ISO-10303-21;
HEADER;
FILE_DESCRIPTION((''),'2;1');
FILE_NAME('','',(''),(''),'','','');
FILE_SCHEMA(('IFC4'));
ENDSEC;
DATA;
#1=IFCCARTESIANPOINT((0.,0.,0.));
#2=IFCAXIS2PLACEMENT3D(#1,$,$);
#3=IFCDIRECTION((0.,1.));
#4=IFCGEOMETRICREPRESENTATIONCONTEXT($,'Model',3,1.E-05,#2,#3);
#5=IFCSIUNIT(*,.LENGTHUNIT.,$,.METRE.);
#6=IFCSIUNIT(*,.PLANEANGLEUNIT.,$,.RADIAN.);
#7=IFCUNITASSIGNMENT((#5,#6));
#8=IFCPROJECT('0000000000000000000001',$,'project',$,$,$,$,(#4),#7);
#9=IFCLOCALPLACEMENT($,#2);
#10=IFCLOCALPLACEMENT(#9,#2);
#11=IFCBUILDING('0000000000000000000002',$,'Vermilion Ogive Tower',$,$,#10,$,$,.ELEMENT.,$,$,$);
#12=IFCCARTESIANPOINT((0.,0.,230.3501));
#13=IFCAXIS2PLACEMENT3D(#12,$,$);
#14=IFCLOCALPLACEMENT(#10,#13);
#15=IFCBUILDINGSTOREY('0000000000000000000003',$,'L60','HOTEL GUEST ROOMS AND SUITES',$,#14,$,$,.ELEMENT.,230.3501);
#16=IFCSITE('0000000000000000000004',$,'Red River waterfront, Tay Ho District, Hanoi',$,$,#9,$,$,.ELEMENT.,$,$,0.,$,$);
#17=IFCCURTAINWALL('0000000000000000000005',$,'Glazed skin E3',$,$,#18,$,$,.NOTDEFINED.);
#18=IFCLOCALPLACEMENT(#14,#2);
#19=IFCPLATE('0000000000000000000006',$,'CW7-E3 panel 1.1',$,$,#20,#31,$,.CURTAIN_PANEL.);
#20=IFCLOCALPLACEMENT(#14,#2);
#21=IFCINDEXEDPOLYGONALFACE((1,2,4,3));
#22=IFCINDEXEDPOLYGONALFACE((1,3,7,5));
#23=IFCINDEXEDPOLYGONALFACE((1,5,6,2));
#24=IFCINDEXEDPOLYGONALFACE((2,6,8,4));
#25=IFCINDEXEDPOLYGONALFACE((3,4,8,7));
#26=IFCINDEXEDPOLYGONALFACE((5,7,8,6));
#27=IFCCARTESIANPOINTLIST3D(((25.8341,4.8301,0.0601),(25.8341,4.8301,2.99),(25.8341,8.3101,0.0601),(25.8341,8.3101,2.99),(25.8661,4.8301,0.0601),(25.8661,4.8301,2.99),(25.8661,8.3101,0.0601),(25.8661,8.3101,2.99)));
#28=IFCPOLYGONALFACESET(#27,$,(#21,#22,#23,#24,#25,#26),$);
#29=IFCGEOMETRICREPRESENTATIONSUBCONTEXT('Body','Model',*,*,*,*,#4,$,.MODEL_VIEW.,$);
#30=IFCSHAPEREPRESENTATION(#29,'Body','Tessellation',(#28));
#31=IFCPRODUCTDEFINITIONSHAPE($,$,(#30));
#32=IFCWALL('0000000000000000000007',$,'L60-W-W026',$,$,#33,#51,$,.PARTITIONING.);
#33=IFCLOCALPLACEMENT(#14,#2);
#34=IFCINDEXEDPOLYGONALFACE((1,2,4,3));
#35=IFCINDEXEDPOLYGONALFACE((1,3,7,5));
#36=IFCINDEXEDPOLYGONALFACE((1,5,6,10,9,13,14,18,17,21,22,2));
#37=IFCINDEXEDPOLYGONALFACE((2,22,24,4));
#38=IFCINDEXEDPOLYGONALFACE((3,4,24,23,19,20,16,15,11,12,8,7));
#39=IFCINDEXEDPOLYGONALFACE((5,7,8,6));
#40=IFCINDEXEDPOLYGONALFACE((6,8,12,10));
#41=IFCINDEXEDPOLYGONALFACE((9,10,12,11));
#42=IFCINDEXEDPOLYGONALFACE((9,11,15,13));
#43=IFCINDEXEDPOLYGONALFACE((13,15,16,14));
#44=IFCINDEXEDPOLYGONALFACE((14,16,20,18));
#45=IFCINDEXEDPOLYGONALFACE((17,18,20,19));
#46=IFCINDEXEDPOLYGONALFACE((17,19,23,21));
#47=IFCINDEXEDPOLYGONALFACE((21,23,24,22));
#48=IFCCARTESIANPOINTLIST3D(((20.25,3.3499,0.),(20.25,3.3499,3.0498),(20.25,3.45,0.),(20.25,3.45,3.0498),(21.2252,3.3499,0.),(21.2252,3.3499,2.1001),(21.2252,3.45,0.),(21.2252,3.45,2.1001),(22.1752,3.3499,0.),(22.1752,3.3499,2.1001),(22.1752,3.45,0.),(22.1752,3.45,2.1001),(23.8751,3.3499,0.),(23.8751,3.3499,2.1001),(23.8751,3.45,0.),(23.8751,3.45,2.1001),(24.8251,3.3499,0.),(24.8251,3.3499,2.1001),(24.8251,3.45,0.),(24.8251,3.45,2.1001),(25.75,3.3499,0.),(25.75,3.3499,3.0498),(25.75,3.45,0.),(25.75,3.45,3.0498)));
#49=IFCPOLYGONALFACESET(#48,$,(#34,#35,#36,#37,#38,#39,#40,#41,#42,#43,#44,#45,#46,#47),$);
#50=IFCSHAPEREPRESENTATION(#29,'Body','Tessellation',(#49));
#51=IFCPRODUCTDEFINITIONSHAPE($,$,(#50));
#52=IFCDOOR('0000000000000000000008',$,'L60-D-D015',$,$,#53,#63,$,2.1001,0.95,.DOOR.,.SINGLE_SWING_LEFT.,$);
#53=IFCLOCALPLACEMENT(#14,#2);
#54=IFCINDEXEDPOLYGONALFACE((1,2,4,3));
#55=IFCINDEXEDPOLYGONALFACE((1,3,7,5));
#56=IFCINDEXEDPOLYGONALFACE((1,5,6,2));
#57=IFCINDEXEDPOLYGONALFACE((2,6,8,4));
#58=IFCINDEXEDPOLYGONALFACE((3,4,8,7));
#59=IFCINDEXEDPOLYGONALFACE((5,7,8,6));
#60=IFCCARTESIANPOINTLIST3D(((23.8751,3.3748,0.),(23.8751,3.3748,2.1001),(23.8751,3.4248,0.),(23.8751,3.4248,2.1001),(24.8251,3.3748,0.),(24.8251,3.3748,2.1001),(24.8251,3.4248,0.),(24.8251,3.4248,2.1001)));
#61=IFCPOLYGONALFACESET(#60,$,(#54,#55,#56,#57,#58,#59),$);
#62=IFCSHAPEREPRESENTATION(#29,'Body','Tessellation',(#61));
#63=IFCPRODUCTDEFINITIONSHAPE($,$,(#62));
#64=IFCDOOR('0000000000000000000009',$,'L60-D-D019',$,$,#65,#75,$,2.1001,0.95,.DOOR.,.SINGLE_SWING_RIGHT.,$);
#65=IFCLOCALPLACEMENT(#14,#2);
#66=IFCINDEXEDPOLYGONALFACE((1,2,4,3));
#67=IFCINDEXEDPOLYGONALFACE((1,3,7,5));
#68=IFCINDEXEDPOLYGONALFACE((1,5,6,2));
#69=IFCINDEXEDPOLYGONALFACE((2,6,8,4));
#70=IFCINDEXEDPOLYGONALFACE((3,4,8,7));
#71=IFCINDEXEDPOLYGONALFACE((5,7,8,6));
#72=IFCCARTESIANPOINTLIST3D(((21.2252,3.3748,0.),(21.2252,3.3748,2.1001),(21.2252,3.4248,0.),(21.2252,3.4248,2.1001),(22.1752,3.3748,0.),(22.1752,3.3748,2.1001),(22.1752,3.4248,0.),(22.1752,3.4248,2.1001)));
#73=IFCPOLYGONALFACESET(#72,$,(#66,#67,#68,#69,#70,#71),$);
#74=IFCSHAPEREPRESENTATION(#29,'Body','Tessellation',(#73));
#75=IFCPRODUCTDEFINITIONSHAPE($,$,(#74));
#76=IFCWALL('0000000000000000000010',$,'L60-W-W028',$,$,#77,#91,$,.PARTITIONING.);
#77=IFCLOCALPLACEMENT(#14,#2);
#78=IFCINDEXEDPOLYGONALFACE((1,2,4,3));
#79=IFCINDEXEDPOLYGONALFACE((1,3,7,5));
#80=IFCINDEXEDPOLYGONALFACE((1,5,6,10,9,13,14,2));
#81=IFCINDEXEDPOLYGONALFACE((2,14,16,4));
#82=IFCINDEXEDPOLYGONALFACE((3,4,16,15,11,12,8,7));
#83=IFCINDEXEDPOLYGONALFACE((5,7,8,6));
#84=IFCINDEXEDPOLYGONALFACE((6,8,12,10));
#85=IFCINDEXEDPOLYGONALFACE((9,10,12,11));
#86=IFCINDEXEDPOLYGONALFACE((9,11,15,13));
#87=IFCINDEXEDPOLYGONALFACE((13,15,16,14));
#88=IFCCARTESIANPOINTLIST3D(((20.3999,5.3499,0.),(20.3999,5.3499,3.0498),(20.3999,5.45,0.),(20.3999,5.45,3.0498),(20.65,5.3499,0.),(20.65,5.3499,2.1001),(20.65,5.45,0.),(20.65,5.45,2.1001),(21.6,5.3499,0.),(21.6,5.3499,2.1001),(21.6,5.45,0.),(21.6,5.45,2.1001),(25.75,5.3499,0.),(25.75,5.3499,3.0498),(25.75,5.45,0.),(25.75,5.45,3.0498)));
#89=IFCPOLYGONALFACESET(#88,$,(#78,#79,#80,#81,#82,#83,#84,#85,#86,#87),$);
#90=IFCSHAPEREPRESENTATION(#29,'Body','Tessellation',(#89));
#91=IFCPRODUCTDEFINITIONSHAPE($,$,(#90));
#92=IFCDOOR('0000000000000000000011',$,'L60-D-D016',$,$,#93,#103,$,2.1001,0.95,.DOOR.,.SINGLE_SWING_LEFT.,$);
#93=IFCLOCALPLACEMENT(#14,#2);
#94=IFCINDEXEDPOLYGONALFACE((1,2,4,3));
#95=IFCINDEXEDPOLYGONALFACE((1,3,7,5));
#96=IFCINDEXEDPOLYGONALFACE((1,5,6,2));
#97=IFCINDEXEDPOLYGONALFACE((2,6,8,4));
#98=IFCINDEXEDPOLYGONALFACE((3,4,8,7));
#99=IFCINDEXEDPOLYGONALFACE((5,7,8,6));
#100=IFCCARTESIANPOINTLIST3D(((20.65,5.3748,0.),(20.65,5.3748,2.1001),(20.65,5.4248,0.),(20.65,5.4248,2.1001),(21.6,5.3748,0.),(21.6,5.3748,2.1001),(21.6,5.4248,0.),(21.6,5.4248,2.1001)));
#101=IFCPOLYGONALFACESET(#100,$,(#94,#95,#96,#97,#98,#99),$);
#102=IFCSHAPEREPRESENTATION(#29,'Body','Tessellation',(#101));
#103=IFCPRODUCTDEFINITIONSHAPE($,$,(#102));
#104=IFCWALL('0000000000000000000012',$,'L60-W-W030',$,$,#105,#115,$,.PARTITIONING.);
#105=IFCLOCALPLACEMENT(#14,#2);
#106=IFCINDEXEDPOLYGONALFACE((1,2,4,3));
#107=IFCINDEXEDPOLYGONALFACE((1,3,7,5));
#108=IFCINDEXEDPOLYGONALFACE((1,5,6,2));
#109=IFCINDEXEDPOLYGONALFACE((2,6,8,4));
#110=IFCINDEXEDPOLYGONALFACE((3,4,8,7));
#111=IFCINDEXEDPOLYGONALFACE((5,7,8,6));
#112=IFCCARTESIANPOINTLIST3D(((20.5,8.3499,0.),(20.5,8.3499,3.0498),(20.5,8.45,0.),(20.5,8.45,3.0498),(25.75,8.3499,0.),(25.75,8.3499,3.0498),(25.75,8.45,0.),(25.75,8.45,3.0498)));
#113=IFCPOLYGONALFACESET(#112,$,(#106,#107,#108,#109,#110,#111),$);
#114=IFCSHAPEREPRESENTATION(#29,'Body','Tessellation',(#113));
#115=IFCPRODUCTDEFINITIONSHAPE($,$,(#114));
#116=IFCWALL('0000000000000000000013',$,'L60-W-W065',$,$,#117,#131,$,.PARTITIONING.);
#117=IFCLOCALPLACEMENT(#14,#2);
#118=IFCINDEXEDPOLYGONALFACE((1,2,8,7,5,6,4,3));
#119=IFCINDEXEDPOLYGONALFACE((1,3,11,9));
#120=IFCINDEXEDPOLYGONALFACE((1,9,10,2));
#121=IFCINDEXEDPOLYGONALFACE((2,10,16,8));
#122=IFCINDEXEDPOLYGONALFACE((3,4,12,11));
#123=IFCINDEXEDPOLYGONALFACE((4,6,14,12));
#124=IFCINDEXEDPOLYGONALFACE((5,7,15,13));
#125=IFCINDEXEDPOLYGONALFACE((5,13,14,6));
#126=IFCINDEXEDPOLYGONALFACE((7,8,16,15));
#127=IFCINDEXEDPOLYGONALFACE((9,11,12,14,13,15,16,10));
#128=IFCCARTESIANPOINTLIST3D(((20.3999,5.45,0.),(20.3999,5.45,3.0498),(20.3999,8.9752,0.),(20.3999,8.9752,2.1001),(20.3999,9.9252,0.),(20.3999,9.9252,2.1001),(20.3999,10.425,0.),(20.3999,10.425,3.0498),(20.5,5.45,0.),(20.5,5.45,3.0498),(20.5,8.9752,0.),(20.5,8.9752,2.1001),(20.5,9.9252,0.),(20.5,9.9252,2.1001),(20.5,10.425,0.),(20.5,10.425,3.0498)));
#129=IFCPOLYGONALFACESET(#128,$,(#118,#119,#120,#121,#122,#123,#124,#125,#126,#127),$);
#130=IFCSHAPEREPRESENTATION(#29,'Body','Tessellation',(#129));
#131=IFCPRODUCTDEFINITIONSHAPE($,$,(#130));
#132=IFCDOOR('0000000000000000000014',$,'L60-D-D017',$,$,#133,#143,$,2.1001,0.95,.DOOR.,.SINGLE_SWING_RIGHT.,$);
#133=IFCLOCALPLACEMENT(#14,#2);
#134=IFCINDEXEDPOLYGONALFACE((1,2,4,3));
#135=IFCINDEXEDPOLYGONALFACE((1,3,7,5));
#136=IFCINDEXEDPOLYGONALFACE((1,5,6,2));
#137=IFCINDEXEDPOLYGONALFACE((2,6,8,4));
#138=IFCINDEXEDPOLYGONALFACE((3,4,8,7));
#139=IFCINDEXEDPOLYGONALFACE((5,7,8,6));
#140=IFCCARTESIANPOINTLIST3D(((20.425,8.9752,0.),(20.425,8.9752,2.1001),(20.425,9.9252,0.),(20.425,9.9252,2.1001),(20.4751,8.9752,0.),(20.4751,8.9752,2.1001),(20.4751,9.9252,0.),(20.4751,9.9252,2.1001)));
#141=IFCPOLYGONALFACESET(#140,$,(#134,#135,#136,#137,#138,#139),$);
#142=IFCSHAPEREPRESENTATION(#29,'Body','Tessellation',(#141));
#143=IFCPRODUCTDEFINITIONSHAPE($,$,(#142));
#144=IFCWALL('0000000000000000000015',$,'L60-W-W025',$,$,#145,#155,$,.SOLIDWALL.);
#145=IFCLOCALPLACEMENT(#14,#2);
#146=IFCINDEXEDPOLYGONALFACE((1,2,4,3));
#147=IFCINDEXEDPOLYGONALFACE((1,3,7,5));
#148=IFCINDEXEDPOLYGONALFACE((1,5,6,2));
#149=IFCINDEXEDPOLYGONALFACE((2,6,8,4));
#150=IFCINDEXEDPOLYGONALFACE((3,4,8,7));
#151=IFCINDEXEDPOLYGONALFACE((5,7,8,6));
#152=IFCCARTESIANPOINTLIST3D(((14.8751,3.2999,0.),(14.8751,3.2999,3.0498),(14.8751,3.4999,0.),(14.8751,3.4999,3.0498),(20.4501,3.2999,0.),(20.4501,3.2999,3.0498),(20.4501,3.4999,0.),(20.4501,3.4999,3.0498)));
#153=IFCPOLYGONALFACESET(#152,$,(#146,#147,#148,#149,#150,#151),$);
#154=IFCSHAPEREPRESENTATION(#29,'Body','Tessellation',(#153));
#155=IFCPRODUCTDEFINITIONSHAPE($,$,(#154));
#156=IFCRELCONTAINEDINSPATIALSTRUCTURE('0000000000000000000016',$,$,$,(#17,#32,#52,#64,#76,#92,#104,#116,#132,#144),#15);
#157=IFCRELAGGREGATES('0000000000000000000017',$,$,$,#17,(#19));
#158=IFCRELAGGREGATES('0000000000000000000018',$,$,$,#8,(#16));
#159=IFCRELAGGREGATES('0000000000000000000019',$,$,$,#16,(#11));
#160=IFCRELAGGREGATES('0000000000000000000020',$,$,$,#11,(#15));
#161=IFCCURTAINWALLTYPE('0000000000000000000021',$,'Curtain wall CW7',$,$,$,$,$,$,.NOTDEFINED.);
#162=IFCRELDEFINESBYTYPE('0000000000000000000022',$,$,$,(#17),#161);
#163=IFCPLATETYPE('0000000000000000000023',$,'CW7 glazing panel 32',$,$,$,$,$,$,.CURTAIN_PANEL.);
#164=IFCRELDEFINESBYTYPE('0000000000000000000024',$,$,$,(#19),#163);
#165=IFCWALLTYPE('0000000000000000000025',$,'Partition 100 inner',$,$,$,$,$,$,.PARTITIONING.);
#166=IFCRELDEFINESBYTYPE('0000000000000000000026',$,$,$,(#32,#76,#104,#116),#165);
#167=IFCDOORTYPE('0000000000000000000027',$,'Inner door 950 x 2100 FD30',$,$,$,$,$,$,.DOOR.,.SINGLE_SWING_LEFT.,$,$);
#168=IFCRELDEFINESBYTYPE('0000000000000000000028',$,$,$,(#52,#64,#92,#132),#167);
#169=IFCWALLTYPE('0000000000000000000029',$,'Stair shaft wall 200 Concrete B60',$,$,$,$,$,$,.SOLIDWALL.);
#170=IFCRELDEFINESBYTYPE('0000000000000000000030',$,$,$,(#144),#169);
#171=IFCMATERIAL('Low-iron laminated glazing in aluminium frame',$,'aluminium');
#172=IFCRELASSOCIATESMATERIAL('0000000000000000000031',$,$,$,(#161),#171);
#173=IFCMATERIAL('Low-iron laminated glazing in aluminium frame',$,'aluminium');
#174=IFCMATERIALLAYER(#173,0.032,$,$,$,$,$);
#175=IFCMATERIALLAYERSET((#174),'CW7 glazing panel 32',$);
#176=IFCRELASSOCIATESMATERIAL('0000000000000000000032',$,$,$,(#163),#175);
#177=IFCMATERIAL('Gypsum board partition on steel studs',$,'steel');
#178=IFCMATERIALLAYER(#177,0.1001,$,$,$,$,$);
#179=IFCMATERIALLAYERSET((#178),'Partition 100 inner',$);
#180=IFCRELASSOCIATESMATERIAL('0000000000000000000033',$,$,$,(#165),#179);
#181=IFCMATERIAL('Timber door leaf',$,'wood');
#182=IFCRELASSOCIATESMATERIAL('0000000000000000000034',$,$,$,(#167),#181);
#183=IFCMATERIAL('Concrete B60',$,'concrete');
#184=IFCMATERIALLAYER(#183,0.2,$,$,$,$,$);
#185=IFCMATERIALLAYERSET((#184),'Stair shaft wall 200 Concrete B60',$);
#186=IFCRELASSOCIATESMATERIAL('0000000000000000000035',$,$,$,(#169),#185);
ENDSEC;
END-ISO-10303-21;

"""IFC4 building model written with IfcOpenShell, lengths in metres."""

from ifc_helpers import new_model, si_unit, direction, frame, frame_2d, origin, origin_2d, place, context, subcontext, project, spatial, rectangle, extrude, material, layer, layer_set, type_object, element, fill, aggregate, save


model = new_model("IFC4")

# Units and contexts
model_context = context("Model", 3, precision=1e-05, world=origin(), true_north=direction((0.0, 1.0)))
body_context = subcontext(model_context, "Body", "Model", "MODEL_VIEW")
ifc_project = project(units=[si_unit("LENGTHUNIT", "METRE"), si_unit("PLANEANGLEUNIT", "RADIAN")], contexts=[model_context])

# Site, building, storey
site_placement = place(None, origin())
site = spatial("IfcSite", under=ifc_project, at=site_placement, Name="Red River waterfront, Tay Ho District, Hanoi", CompositionType="ELEMENT", RefElevation=0.0)
building_placement = place(site_placement, origin())
building = spatial("IfcBuilding", under=site, at=building_placement, Name="Vermilion Ogive Tower", CompositionType="ELEMENT")
storey_placement = place(building_placement, frame((0.0, 0.0, 230.3501)))
storey = spatial("IfcBuildingStorey", under=building, at=storey_placement, Name="L60", Description="HOTEL GUEST ROOMS AND SUITES", CompositionType="ELEMENT", Elevation=230.3501)

# Curtain wall
ifc_material_1 = material(Name="Low-iron laminated glazing in aluminium frame", Category="aluminium")
curtain_wall_type = type_object("IfcCurtainWallType", Name="Curtain wall CW7", PredefinedType="NOTDEFINED", material=ifc_material_1)
curtain_wall_1_placement = place(storey_placement, origin())
curtain_wall_1 = element("IfcCurtainWall", 1, at=curtain_wall_1_placement, inside=storey, type_object=curtain_wall_type, Name="Glazed skin E3", PredefinedType="NOTDEFINED")

# Plate
ifc_material_2 = material(Name="Low-iron laminated glazing in aluminium frame", Category="aluminium")
ifc_layer_1 = layer(ifc_material_2, 0.032)
ifc_layer_set_1 = layer_set([ifc_layer_1], Name="CW7 glazing panel 32")
plate_type = type_object("IfcPlateType", Name="CW7 glazing panel 32", PredefinedType="CURTAIN_PANEL", material=ifc_layer_set_1)
plate_1_placement = place(storey_placement, frame((25.8501, 6.5701, 0.0601), z_axis=(0.0, 0.0, 1.0), x_axis=(0.0, 1.0, 0.0)))
plate_1 = element("IfcPlate", 2, at=plate_1_placement, type_object=plate_type, Name="CW7-E3 panel 1.1", PredefinedType="CURTAIN_PANEL", context=body_context, shape_type="SweptSolid", body=[
    extrude(rectangle(XDim=3.48, YDim=0.032, at=origin_2d()), origin(), (0.0, 0.0, 1.0), 2.9299),
])
aggregate(curtain_wall_1, [plate_1])

# Wall, openings, doors
ifc_material_3 = material(Name="Gypsum board partition on steel studs", Category="steel")
ifc_layer_2 = layer(ifc_material_3, 0.1001)
ifc_layer_set_2 = layer_set([ifc_layer_2], Name="Partition 100 inner")
wall_type_1 = type_object("IfcWallType", Name="Partition 100 inner", PredefinedType="PARTITIONING", material=ifc_layer_set_2)
wall_1_placement = place(storey_placement, frame((20.25, 3.3999, 0.0), z_axis=(0.0, 0.0, 1.0), x_axis=(1.0, 0.0, 0.0)))
wall_1 = element("IfcWall", 3, at=wall_1_placement, inside=storey, type_object=wall_type_1, Name="L60-W-W026", PredefinedType="PARTITIONING", context=body_context, shape_type="SweptSolid", body=[
    extrude(rectangle(XDim=5.5, YDim=0.1001, at=frame_2d((2.75, 0.0))), origin(), (0.0, 0.0, 1.0), 3.0498),
])
opening_1_placement = place(wall_1_placement, frame((3.625, 0.0, 0.0)))
opening_1 = element("IfcOpeningElement", 4, at=opening_1_placement, cuts=wall_1, PredefinedType="OPENING", context=body_context, shape_type="SweptSolid", body=[
    extrude(rectangle(XDim=0.95, YDim=2.1001, at=frame_2d((0.4751, 1.05))), frame((0.0, 0.0601, 0.0), z_axis=(0.0, -1.0, 0.0), x_axis=(1.0, 0.0, 0.0)), (0.0, 0.0, 1.0), 0.1201),
])
opening_2_placement = place(wall_1_placement, frame((0.9751, 0.0, 0.0)))
opening_2 = element("IfcOpeningElement", 5, at=opening_2_placement, cuts=wall_1, PredefinedType="OPENING", context=body_context, shape_type="SweptSolid", body=[
    extrude(rectangle(XDim=0.95, YDim=2.1001, at=frame_2d((0.4751, 1.05))), frame((0.0, 0.0601, 0.0), z_axis=(0.0, -1.0, 0.0), x_axis=(1.0, 0.0, 0.0)), (0.0, 0.0, 1.0), 0.1201),
])
ifc_material_4 = material(Name="Timber door leaf", Category="wood")
door_type = type_object("IfcDoorType", Name="Inner door 950 x 2100 FD30", OperationType="SINGLE_SWING_LEFT", PredefinedType="DOOR", material=ifc_material_4)
door_1_placement = place(opening_1_placement, origin())
door_1 = element("IfcDoor", 6, at=door_1_placement, inside=storey, type_object=door_type, Name="L60-D-D015", OperationType="SINGLE_SWING_LEFT", OverallHeight=2.1001, OverallWidth=0.95, PredefinedType="DOOR", context=body_context, shape_type="SweptSolid", body=[
    extrude(rectangle(XDim=0.95, YDim=2.1001, at=frame_2d((0.4751, 1.05))), frame((0.0, 0.0249, 0.0), z_axis=(0.0, -1.0, 0.0), x_axis=(1.0, 0.0, 0.0)), (0.0, 0.0, 1.0), 0.05),
])
fill(opening_1, door_1)
door_2_placement = place(opening_2_placement, origin())
door_2 = element("IfcDoor", 7, at=door_2_placement, inside=storey, type_object=door_type, Name="L60-D-D019", OperationType="SINGLE_SWING_RIGHT", OverallHeight=2.1001, OverallWidth=0.95, PredefinedType="DOOR", context=body_context, shape_type="SweptSolid", body=[
    extrude(rectangle(XDim=0.95, YDim=2.1001, at=frame_2d((0.4751, 1.05))), frame((0.0, 0.0249, 0.0), z_axis=(0.0, -1.0, 0.0), x_axis=(1.0, 0.0, 0.0)), (0.0, 0.0, 1.0), 0.05),
])
fill(opening_2, door_2)

# Wall, opening, door
wall_2_placement = place(storey_placement, frame((20.3999, 5.3999, 0.0), z_axis=(0.0, 0.0, 1.0), x_axis=(1.0, 0.0, 0.0)))
wall_2 = element("IfcWall", 8, at=wall_2_placement, inside=storey, type_object=wall_type_1, Name="L60-W-W028", PredefinedType="PARTITIONING", context=body_context, shape_type="SweptSolid", body=[
    extrude(rectangle(XDim=5.3501, YDim=0.1001, at=frame_2d((2.675, 0.0))), origin(), (0.0, 0.0, 1.0), 3.0498),
])
opening_3_placement = place(wall_2_placement, frame((0.25, 0.0, 0.0)))
opening_3 = element("IfcOpeningElement", 9, at=opening_3_placement, cuts=wall_2, PredefinedType="OPENING", context=body_context, shape_type="SweptSolid", body=[
    extrude(rectangle(XDim=0.95, YDim=2.1001, at=frame_2d((0.4751, 1.05))), frame((0.0, 0.0601, 0.0), z_axis=(0.0, -1.0, 0.0), x_axis=(1.0, 0.0, 0.0)), (0.0, 0.0, 1.0), 0.1201),
])
door_3_placement = place(opening_3_placement, origin())
door_3 = element("IfcDoor", 10, at=door_3_placement, inside=storey, type_object=door_type, Name="L60-D-D016", OperationType="SINGLE_SWING_LEFT", OverallHeight=2.1001, OverallWidth=0.95, PredefinedType="DOOR", context=body_context, shape_type="SweptSolid", body=[
    extrude(rectangle(XDim=0.95, YDim=2.1001, at=frame_2d((0.4751, 1.05))), frame((0.0, 0.0249, 0.0), z_axis=(0.0, -1.0, 0.0), x_axis=(1.0, 0.0, 0.0)), (0.0, 0.0, 1.0), 0.05),
])
fill(opening_3, door_3)

# Wall
wall_3_placement = place(storey_placement, frame((20.5, 8.3999, 0.0), z_axis=(0.0, 0.0, 1.0), x_axis=(1.0, 0.0, 0.0)))
element("IfcWall", 11, at=wall_3_placement, inside=storey, type_object=wall_type_1, Name="L60-W-W030", PredefinedType="PARTITIONING", context=body_context, shape_type="SweptSolid", body=[
    extrude(rectangle(XDim=5.25, YDim=0.1001, at=frame_2d((2.625, 0.0))), origin(), (0.0, 0.0, 1.0), 3.0498),
])

# Wall, opening, door
wall_4_placement = place(storey_placement, frame((20.45, 5.45, 0.0), z_axis=(0.0, 0.0, 1.0), x_axis=(0.0, 1.0, 0.0)))
wall_4 = element("IfcWall", 12, at=wall_4_placement, inside=storey, type_object=wall_type_1, Name="L60-W-W065", PredefinedType="PARTITIONING", context=body_context, shape_type="SweptSolid", body=[
    extrude(rectangle(XDim=4.9751, YDim=0.1001, at=frame_2d((2.4875, 0.0))), origin(), (0.0, 0.0, 1.0), 3.0498),
])
opening_4_placement = place(wall_4_placement, frame((3.5251, 0.0, 0.0)))
opening_4 = element("IfcOpeningElement", 13, at=opening_4_placement, cuts=wall_4, PredefinedType="OPENING", context=body_context, shape_type="SweptSolid", body=[
    extrude(rectangle(XDim=0.95, YDim=2.1001, at=frame_2d((0.4751, 1.05))), frame((0.0, 0.0601, 0.0), z_axis=(0.0, -1.0, 0.0), x_axis=(1.0, 0.0, 0.0)), (0.0, 0.0, 1.0), 0.1201),
])
door_4_placement = place(opening_4_placement, origin())
door_4 = element("IfcDoor", 14, at=door_4_placement, inside=storey, type_object=door_type, Name="L60-D-D017", OperationType="SINGLE_SWING_RIGHT", OverallHeight=2.1001, OverallWidth=0.95, PredefinedType="DOOR", context=body_context, shape_type="SweptSolid", body=[
    extrude(rectangle(XDim=0.95, YDim=2.1001, at=frame_2d((0.4751, 1.05))), frame((0.0, 0.0249, 0.0), z_axis=(0.0, -1.0, 0.0), x_axis=(1.0, 0.0, 0.0)), (0.0, 0.0, 1.0), 0.05),
])
fill(opening_4, door_4)

# Wall
ifc_material_5 = material(Name="Concrete B60", Category="concrete")
ifc_layer_3 = layer(ifc_material_5, 0.2)
ifc_layer_set_3 = layer_set([ifc_layer_3], Name="Stair shaft wall 200 Concrete B60")
wall_type_2 = type_object("IfcWallType", Name="Stair shaft wall 200 Concrete B60", PredefinedType="SOLIDWALL", material=ifc_layer_set_3)
wall_5_placement = place(storey_placement, frame((14.875, 3.3999, 0.0), z_axis=(0.0, 0.0, 1.0), x_axis=(1.0, 0.0, 0.0)))
element("IfcWall", 15, at=wall_5_placement, inside=storey, type_object=wall_type_2, Name="L60-W-W025", PredefinedType="SOLIDWALL", context=body_context, shape_type="SweptSolid", body=[
    extrude(rectangle(XDim=5.575, YDim=0.2, at=frame_2d((2.7876, 0.0))), origin(), (0.0, 0.0, 1.0), 3.0498),
])

save(model, "model.ifc")
